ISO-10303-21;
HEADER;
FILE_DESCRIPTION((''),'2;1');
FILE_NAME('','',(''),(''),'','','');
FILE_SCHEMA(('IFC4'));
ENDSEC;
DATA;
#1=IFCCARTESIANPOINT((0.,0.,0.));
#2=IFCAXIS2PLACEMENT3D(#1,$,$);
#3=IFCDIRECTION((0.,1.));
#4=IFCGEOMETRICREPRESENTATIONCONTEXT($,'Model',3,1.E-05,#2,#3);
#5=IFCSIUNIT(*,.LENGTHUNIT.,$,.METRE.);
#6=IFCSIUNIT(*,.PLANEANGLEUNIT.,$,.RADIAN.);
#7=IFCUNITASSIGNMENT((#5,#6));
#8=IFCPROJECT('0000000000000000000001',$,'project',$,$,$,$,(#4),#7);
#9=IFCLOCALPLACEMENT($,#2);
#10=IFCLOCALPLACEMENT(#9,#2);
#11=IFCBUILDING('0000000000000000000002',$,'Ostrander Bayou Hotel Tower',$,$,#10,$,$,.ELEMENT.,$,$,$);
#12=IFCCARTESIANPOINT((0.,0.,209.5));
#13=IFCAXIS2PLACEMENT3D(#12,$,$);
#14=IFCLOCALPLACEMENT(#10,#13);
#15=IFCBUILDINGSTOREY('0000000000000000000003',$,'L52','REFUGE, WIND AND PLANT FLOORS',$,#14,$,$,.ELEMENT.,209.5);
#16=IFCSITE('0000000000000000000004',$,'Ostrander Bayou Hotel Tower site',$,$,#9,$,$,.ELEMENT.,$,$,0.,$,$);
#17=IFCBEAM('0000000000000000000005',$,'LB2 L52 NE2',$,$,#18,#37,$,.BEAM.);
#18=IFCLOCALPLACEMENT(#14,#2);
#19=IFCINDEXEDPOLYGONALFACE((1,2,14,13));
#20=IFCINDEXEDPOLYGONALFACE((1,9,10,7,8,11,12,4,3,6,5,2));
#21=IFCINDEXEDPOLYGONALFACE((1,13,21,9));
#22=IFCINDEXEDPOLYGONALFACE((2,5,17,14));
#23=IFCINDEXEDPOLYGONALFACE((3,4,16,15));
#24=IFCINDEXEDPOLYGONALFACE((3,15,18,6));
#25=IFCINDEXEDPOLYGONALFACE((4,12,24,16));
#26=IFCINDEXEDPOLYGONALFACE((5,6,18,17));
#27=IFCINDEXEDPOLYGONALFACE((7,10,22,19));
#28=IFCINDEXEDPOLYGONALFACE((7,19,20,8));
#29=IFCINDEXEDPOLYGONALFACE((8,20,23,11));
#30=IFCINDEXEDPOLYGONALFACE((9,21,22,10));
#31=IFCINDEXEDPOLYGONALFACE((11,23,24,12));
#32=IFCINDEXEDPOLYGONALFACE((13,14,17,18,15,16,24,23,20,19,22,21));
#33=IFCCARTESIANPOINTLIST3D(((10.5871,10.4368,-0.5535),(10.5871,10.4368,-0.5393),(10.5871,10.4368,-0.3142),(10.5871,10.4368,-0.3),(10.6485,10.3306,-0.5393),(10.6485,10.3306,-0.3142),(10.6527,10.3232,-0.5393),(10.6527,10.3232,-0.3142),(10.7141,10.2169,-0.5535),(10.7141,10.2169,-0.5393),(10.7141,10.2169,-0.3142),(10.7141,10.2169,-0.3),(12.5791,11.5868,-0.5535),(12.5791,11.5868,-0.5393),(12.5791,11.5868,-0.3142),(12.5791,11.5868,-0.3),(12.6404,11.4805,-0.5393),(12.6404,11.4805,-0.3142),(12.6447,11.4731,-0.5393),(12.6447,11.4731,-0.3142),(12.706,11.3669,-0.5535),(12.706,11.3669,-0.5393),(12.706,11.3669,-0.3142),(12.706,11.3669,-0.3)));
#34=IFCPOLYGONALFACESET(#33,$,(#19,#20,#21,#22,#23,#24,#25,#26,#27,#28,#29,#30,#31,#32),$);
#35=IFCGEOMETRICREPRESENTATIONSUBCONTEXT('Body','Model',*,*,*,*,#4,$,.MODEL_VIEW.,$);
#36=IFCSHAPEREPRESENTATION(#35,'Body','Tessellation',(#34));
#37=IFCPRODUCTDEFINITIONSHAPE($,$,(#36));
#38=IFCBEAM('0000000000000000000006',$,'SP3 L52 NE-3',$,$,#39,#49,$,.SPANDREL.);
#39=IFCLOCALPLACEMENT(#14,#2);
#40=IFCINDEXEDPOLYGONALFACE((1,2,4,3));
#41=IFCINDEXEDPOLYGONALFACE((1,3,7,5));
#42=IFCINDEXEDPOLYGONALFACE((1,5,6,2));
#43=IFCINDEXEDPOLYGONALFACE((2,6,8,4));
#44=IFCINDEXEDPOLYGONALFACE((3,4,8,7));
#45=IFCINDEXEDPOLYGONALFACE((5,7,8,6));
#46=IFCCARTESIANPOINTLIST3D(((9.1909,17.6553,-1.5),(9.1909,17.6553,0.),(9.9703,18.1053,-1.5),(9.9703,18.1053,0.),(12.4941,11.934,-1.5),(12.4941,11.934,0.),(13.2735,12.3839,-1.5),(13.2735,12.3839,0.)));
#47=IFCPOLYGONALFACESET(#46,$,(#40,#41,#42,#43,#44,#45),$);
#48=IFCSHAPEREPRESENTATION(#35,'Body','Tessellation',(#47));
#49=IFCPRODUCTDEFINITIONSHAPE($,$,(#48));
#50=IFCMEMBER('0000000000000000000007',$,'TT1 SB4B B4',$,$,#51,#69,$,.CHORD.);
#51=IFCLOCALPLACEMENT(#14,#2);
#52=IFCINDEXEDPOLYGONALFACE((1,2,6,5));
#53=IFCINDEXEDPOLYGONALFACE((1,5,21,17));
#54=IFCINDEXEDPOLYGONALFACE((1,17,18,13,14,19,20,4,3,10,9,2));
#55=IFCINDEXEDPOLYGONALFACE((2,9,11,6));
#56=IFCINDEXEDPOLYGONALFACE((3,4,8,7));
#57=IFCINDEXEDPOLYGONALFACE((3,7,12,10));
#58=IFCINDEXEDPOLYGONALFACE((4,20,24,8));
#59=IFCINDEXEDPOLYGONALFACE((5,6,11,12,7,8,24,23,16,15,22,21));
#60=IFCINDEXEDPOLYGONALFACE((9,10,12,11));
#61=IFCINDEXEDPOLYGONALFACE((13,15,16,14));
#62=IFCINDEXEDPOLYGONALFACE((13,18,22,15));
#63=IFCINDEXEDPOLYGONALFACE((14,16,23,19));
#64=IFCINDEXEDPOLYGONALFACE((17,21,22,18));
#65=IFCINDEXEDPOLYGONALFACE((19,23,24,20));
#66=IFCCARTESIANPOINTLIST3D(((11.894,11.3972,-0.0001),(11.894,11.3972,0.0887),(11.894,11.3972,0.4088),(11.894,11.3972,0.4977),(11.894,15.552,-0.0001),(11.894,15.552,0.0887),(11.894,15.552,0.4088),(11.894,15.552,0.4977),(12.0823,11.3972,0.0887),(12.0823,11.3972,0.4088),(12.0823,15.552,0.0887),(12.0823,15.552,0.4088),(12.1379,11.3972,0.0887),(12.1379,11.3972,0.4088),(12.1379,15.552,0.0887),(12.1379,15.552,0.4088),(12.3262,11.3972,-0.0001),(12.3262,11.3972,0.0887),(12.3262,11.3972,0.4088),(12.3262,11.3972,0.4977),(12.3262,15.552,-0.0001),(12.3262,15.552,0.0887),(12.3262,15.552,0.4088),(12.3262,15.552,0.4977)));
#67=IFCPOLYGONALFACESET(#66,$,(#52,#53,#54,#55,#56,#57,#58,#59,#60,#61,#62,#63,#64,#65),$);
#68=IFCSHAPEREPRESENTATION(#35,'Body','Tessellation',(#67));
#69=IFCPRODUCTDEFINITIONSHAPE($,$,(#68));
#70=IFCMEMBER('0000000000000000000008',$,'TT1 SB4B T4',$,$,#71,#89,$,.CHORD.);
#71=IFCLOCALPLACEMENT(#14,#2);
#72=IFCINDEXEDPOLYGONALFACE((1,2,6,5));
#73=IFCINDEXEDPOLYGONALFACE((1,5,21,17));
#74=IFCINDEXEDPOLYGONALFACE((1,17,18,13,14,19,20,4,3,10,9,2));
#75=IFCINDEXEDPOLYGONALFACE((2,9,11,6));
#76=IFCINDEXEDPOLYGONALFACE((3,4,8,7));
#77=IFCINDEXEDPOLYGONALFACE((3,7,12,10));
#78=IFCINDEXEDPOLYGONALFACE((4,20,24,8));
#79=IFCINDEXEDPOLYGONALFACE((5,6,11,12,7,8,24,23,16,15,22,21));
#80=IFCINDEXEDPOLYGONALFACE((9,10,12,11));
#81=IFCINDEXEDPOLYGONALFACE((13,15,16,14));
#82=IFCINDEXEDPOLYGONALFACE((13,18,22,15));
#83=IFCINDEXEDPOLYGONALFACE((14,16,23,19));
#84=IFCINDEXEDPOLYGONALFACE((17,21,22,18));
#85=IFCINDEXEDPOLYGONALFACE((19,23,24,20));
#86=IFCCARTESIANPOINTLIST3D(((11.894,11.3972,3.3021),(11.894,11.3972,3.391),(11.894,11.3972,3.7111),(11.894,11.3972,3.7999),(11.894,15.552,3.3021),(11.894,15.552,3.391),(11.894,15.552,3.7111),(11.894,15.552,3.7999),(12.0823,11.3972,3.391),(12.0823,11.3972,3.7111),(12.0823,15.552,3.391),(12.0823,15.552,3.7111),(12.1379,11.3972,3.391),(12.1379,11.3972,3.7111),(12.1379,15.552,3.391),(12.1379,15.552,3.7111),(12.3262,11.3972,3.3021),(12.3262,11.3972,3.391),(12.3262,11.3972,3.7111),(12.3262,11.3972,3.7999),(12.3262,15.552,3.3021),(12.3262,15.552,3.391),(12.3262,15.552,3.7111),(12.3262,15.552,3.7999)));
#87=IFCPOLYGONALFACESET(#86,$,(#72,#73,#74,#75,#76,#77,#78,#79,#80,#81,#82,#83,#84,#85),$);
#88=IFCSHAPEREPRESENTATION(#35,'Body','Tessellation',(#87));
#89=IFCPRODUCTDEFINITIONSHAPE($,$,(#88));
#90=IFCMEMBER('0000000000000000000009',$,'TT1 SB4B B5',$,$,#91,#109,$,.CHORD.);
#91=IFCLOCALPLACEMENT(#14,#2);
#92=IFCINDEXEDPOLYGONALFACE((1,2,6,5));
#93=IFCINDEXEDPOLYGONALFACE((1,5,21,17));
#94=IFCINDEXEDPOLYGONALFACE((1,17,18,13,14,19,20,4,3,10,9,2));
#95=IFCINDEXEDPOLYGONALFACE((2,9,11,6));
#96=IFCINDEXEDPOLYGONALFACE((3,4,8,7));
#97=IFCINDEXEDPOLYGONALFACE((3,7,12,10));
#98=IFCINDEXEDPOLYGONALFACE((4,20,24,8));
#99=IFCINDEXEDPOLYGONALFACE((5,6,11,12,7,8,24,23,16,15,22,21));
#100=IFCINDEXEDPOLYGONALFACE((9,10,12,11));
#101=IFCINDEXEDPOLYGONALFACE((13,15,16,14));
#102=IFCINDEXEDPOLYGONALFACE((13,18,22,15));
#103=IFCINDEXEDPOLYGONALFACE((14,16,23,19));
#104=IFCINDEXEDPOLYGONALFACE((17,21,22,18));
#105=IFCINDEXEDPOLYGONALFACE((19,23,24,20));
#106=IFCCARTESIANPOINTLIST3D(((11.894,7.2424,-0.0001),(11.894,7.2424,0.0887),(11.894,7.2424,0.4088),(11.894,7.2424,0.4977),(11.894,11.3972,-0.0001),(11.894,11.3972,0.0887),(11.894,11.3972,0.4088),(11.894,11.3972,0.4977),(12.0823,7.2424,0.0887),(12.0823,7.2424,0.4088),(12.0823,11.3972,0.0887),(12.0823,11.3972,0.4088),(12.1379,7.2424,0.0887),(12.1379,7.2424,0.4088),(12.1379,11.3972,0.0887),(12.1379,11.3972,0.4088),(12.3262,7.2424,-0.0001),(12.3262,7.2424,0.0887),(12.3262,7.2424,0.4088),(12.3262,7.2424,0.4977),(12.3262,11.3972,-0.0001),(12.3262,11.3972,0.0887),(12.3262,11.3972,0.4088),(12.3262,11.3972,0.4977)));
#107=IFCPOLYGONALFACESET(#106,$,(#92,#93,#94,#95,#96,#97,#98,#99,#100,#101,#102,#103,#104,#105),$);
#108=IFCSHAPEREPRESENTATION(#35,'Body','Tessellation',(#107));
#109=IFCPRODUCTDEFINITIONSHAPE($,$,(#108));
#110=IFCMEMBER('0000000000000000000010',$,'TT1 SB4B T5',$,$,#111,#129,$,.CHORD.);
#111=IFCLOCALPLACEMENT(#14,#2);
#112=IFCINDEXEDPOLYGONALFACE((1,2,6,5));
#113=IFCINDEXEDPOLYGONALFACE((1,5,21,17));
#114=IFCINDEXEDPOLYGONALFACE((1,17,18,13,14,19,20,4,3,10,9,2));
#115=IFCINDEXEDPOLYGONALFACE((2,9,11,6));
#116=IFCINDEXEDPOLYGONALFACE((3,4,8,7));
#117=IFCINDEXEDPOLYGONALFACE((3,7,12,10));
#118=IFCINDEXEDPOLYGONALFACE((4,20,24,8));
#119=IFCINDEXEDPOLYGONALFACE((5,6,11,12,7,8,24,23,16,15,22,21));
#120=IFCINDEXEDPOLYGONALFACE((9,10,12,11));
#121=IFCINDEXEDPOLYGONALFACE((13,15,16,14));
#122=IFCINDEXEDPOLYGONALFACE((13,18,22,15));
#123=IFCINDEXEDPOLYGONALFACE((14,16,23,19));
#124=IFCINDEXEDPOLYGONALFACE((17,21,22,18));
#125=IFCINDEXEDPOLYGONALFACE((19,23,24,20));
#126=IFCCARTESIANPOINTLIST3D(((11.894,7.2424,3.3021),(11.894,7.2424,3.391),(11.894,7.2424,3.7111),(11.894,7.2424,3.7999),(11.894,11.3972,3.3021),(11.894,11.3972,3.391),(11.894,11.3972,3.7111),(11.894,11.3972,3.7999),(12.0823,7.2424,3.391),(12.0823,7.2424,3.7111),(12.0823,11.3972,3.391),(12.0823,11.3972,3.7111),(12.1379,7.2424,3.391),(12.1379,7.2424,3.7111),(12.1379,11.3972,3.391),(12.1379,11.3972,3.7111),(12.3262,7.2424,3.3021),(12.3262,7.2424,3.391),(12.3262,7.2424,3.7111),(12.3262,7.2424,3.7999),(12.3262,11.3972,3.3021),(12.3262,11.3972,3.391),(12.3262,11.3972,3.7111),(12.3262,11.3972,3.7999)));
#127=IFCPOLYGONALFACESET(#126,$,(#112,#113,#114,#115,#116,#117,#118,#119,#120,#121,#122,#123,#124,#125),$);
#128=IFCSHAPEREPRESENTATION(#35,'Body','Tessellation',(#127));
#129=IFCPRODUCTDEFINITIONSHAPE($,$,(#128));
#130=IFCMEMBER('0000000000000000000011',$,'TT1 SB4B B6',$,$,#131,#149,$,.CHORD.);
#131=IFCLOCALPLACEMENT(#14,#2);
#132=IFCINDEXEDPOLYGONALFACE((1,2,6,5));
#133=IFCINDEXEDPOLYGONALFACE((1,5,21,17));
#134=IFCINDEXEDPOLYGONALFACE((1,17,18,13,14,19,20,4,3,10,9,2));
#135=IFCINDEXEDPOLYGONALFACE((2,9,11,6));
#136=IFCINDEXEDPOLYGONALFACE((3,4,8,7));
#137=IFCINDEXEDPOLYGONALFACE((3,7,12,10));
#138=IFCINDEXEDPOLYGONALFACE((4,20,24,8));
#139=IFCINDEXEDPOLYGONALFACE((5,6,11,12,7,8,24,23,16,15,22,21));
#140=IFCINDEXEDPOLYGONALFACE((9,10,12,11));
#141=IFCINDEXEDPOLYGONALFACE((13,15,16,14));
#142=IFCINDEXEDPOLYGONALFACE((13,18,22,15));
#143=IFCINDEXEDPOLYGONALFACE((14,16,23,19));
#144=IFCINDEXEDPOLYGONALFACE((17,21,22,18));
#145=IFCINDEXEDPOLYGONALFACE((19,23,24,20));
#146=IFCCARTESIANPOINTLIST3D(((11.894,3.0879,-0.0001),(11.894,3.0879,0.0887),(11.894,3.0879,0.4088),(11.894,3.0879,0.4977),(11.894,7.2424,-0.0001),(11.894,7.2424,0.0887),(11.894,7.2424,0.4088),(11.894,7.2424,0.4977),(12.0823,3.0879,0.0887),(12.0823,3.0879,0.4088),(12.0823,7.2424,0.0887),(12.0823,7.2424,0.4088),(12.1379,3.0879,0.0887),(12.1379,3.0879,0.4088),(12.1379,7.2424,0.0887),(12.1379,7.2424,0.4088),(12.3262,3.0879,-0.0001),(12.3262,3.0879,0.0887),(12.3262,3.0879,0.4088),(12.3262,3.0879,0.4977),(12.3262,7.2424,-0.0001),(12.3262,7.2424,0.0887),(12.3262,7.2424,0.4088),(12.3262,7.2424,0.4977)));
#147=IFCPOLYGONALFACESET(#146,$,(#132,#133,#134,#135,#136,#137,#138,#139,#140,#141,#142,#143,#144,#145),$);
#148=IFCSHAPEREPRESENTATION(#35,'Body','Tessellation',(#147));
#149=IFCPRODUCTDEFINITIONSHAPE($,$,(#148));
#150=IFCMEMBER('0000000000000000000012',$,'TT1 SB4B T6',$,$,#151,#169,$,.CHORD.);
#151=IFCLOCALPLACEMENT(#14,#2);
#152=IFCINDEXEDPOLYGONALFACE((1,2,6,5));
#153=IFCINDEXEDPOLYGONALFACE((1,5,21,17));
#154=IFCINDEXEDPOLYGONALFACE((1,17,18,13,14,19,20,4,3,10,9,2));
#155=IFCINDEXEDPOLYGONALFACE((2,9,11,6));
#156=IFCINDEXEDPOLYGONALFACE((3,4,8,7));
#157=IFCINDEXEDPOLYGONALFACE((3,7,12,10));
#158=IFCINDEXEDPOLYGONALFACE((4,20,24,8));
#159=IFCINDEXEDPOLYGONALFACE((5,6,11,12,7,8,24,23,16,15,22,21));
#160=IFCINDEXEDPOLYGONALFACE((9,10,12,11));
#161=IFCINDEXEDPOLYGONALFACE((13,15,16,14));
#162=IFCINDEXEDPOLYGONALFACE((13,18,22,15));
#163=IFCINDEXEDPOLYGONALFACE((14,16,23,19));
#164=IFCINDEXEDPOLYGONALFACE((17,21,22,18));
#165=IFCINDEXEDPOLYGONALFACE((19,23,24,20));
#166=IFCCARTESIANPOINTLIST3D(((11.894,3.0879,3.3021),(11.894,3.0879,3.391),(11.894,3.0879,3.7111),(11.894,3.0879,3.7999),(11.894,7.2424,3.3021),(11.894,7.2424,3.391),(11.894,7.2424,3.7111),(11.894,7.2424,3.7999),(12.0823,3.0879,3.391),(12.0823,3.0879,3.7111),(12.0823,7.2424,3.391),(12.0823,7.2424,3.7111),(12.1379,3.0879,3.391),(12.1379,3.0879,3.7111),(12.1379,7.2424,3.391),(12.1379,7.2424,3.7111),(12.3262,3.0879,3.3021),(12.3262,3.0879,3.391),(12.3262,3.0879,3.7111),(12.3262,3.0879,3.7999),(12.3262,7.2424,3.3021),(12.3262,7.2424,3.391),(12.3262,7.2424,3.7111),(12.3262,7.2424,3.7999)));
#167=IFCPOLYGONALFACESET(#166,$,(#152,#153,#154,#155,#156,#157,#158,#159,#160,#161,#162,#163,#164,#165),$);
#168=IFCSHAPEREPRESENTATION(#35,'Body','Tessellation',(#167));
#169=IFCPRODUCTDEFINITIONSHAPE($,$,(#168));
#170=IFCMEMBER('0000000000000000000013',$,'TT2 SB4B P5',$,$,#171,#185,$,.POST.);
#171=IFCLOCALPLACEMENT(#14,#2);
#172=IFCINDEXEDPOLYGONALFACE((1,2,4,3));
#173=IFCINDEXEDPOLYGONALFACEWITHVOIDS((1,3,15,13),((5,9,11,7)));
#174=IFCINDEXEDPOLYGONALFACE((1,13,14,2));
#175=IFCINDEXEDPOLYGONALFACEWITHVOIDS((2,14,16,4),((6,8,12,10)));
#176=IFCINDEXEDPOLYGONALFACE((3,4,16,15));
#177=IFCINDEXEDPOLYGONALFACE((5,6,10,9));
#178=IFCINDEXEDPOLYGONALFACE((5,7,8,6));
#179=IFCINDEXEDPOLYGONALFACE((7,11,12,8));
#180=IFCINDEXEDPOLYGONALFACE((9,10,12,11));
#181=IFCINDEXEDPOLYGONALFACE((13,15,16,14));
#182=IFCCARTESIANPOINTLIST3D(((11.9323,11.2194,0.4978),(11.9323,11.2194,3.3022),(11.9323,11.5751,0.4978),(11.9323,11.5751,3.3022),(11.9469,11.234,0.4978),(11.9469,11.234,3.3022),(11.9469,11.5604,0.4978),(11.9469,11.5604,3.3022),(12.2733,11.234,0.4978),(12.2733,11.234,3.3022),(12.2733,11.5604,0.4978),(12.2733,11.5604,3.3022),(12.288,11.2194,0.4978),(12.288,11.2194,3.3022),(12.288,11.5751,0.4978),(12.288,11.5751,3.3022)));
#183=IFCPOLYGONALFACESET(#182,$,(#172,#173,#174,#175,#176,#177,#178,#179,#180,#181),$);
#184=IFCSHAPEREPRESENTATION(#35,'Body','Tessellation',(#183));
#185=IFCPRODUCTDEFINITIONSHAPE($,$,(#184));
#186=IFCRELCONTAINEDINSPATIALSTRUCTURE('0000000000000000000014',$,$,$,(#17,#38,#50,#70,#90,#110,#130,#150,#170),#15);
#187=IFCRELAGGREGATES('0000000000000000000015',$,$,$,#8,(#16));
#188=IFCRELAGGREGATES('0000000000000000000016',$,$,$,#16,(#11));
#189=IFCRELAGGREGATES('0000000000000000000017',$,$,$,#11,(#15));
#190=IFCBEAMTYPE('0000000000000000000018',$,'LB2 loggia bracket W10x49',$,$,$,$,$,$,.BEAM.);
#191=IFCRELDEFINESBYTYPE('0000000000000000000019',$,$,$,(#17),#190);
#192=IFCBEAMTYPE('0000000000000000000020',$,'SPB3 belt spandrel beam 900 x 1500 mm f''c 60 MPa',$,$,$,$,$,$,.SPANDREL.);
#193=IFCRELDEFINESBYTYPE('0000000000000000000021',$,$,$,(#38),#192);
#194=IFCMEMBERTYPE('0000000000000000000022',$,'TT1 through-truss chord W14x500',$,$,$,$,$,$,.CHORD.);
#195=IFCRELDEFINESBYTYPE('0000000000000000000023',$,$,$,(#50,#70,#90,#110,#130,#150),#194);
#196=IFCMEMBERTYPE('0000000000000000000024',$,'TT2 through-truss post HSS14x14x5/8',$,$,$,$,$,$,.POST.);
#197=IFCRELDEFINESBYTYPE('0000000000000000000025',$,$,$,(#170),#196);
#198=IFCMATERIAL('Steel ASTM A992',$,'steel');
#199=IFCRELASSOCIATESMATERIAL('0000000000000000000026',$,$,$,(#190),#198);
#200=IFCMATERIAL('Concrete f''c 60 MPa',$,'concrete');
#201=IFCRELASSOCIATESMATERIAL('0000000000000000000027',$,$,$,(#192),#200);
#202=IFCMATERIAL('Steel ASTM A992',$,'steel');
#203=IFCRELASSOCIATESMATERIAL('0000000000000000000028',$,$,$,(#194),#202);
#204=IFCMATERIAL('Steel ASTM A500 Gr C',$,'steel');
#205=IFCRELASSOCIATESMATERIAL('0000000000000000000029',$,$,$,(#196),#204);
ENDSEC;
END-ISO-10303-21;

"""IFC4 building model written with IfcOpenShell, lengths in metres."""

from ifc_helpers import new_model, si_unit, direction, frame, origin, origin_2d, place, context, subcontext, project, spatial, rectangle, hollow_rectangle, i_section, extrude, material, material_profile, profile_set, type_object, element, save


model = new_model("IFC4")

# Units and contexts
model_context = context("Model", 3, precision=1e-05, world=origin(), true_north=direction((0.0, 1.0)))
body_context = subcontext(model_context, "Body", "Model", "MODEL_VIEW")
ifc_project = project(units=[si_unit("LENGTHUNIT", "METRE"), si_unit("PLANEANGLEUNIT", "RADIAN")], contexts=[model_context])

# Site, building, storey
site_placement = place(None, origin())
site = spatial("IfcSite", under=ifc_project, at=site_placement, Name="Ostrander Bayou Hotel Tower site", CompositionType="ELEMENT", RefElevation=0.0)
building_placement = place(site_placement, origin())
building = spatial("IfcBuilding", under=site, at=building_placement, Name="Ostrander Bayou Hotel Tower", CompositionType="ELEMENT")
storey_placement = place(building_placement, frame((0.0, 0.0, 209.5)))
storey = spatial("IfcBuildingStorey", under=building, at=storey_placement, Name="L52", Description="REFUGE, WIND AND PLANT FLOORS", CompositionType="ELEMENT", Elevation=209.5)

# Beams
ifc_material_1 = material(Name="Steel ASTM A992", Category="steel")
ifc_material_profile_1 = material_profile(ifc_material_1, i_section(OverallWidth=0.2539, OverallDepth=0.2534, WebThickness=0.0085, FlangeThickness=0.0142, at=origin_2d()))
ifc_profile_set_1 = profile_set([ifc_material_profile_1], Name="Steel ASTM A992")
beam_type_1 = type_object("IfcBeamType", Name="LB2 loggia bracket W10x49", PredefinedType="BEAM", material=ifc_profile_set_1)
beam_1_placement = place(storey_placement, frame((12.6426, 11.4768, -0.4268), z_axis=(-0.866053, -0.499952, 0.0), x_axis=(0.499952, -0.866053, 0.0)))
element("IfcBeam", 1, at=beam_1_placement, inside=storey, type_object=beam_type_1, Name="LB2 L52 NE2", PredefinedType="BEAM", context=body_context, shape_type="SweptSolid", body=[
    extrude(i_section(OverallWidth=0.2539, OverallDepth=0.2534, WebThickness=0.0085, FlangeThickness=0.0142, at=origin_2d()), origin(), (0.0, 0.0, 1.0), 2.3),
])
ifc_material_2 = material(Name="Concrete f'c 60 MPa", Category="concrete")
ifc_material_profile_2 = material_profile(ifc_material_2, rectangle(XDim=0.8999, YDim=1.5, at=origin_2d()))
ifc_profile_set_2 = profile_set([ifc_material_profile_2], Name="Concrete f'c 60 MPa")
beam_type_2 = type_object("IfcBeamType", Name="SPB3 belt spandrel beam 900 x 1500 mm f'c 60 MPa", PredefinedType="SPANDREL", material=ifc_profile_set_2)
beam_2_placement = place(storey_placement, frame((12.8838, 12.1589, -0.75), z_axis=(-0.499994, 0.866029, 0.0), x_axis=(-0.866029, -0.499994, 0.0)))
element("IfcBeam", 2, at=beam_2_placement, inside=storey, type_object=beam_type_2, Name="SP3 L52 NE-3", PredefinedType="SPANDREL", context=body_context, shape_type="SweptSolid", body=[
    extrude(rectangle(XDim=0.8999, YDim=1.5, at=origin_2d()), origin(), (0.0, 0.0, 1.0), 6.6064),
])

# Members
ifc_material_3 = material(Name="Steel ASTM A992", Category="steel")
ifc_material_profile_3 = material_profile(ifc_material_3, i_section(OverallWidth=0.4321, OverallDepth=0.4978, WebThickness=0.0557, FlangeThickness=0.0889, at=origin_2d()))
ifc_profile_set_3 = profile_set([ifc_material_profile_3], Name="Steel ASTM A992")
member_type_1 = type_object("IfcMemberType", Name="TT1 through-truss chord W14x500", PredefinedType="CHORD", material=ifc_profile_set_3)
for number, where, z_axis, x_axis, name in (
    (3, (12.1101, 15.552, 0.2488), (0.0, -1.0, 0.0), (1.0, 0.0, 0.0), "TT1 SB4B B4"),
    (4, (12.1101, 15.552, 3.551), (0.0, -1.0, 0.0), (1.0, 0.0, 0.0), "TT1 SB4B T4"),
    (5, (12.1101, 11.3972, 0.2488), (0.0, -1.0, 0.0), (1.0, 0.0, 0.0), "TT1 SB4B B5"),
    (6, (12.1101, 11.3972, 3.551), (0.0, -1.0, 0.0), (1.0, 0.0, 0.0), "TT1 SB4B T5"),
):
    element("IfcMember", number, at=place(storey_placement, frame(where, z_axis=z_axis, x_axis=x_axis)), inside=storey, type_object=member_type_1, Name=name, PredefinedType="CHORD", context=body_context, shape_type="SweptSolid", body=[
        extrude(i_section(OverallWidth=0.4321, OverallDepth=0.4978, WebThickness=0.0557, FlangeThickness=0.0889, at=origin_2d()), origin(), (0.0, 0.0, 1.0), 4.1548),
    ])
for number, where, z_axis, x_axis, name in (
    (7, (12.1101, 7.2424, 0.2488), (0.0, -1.0, 0.0), (1.0, 0.0, 0.0), "TT1 SB4B B6"),
    (8, (12.1101, 7.2424, 3.551), (0.0, -1.0, 0.0), (1.0, 0.0, 0.0), "TT1 SB4B T6"),
):
    element("IfcMember", number, at=place(storey_placement, frame(where, z_axis=z_axis, x_axis=x_axis)), inside=storey, type_object=member_type_1, Name=name, PredefinedType="CHORD", context=body_context, shape_type="SweptSolid", body=[
        extrude(i_section(OverallWidth=0.4321, OverallDepth=0.4978, WebThickness=0.0557, FlangeThickness=0.0889, at=origin_2d()), origin(), (0.0, 0.0, 1.0), 4.1545),
    ])
ifc_material_4 = material(Name="Steel ASTM A500 Gr C", Category="steel")
ifc_material_profile_4 = material_profile(ifc_material_4, hollow_rectangle(XDim=0.3557, YDim=0.3557, WallThickness=0.0146, at=origin_2d()))
ifc_profile_set_4 = profile_set([ifc_material_profile_4], Name="Steel ASTM A500 Gr C")
member_type_2 = type_object("IfcMemberType", Name="TT2 through-truss post HSS14x14x5/8", PredefinedType="POST", material=ifc_profile_set_4)
member_1_placement = place(storey_placement, frame((12.1101, 11.3972, 0.4978), z_axis=(0.0, 0.0, 1.0), x_axis=(1.0, 0.0, 0.0)))
element("IfcMember", 9, at=member_1_placement, inside=storey, type_object=member_type_2, Name="TT2 SB4B P5", PredefinedType="POST", context=body_context, shape_type="SweptSolid", body=[
    extrude(hollow_rectangle(XDim=0.3557, YDim=0.3557, WallThickness=0.0146, at=origin_2d()), origin(), (0.0, 0.0, 1.0), 2.8044),
])

save(model, "model.ifc")
